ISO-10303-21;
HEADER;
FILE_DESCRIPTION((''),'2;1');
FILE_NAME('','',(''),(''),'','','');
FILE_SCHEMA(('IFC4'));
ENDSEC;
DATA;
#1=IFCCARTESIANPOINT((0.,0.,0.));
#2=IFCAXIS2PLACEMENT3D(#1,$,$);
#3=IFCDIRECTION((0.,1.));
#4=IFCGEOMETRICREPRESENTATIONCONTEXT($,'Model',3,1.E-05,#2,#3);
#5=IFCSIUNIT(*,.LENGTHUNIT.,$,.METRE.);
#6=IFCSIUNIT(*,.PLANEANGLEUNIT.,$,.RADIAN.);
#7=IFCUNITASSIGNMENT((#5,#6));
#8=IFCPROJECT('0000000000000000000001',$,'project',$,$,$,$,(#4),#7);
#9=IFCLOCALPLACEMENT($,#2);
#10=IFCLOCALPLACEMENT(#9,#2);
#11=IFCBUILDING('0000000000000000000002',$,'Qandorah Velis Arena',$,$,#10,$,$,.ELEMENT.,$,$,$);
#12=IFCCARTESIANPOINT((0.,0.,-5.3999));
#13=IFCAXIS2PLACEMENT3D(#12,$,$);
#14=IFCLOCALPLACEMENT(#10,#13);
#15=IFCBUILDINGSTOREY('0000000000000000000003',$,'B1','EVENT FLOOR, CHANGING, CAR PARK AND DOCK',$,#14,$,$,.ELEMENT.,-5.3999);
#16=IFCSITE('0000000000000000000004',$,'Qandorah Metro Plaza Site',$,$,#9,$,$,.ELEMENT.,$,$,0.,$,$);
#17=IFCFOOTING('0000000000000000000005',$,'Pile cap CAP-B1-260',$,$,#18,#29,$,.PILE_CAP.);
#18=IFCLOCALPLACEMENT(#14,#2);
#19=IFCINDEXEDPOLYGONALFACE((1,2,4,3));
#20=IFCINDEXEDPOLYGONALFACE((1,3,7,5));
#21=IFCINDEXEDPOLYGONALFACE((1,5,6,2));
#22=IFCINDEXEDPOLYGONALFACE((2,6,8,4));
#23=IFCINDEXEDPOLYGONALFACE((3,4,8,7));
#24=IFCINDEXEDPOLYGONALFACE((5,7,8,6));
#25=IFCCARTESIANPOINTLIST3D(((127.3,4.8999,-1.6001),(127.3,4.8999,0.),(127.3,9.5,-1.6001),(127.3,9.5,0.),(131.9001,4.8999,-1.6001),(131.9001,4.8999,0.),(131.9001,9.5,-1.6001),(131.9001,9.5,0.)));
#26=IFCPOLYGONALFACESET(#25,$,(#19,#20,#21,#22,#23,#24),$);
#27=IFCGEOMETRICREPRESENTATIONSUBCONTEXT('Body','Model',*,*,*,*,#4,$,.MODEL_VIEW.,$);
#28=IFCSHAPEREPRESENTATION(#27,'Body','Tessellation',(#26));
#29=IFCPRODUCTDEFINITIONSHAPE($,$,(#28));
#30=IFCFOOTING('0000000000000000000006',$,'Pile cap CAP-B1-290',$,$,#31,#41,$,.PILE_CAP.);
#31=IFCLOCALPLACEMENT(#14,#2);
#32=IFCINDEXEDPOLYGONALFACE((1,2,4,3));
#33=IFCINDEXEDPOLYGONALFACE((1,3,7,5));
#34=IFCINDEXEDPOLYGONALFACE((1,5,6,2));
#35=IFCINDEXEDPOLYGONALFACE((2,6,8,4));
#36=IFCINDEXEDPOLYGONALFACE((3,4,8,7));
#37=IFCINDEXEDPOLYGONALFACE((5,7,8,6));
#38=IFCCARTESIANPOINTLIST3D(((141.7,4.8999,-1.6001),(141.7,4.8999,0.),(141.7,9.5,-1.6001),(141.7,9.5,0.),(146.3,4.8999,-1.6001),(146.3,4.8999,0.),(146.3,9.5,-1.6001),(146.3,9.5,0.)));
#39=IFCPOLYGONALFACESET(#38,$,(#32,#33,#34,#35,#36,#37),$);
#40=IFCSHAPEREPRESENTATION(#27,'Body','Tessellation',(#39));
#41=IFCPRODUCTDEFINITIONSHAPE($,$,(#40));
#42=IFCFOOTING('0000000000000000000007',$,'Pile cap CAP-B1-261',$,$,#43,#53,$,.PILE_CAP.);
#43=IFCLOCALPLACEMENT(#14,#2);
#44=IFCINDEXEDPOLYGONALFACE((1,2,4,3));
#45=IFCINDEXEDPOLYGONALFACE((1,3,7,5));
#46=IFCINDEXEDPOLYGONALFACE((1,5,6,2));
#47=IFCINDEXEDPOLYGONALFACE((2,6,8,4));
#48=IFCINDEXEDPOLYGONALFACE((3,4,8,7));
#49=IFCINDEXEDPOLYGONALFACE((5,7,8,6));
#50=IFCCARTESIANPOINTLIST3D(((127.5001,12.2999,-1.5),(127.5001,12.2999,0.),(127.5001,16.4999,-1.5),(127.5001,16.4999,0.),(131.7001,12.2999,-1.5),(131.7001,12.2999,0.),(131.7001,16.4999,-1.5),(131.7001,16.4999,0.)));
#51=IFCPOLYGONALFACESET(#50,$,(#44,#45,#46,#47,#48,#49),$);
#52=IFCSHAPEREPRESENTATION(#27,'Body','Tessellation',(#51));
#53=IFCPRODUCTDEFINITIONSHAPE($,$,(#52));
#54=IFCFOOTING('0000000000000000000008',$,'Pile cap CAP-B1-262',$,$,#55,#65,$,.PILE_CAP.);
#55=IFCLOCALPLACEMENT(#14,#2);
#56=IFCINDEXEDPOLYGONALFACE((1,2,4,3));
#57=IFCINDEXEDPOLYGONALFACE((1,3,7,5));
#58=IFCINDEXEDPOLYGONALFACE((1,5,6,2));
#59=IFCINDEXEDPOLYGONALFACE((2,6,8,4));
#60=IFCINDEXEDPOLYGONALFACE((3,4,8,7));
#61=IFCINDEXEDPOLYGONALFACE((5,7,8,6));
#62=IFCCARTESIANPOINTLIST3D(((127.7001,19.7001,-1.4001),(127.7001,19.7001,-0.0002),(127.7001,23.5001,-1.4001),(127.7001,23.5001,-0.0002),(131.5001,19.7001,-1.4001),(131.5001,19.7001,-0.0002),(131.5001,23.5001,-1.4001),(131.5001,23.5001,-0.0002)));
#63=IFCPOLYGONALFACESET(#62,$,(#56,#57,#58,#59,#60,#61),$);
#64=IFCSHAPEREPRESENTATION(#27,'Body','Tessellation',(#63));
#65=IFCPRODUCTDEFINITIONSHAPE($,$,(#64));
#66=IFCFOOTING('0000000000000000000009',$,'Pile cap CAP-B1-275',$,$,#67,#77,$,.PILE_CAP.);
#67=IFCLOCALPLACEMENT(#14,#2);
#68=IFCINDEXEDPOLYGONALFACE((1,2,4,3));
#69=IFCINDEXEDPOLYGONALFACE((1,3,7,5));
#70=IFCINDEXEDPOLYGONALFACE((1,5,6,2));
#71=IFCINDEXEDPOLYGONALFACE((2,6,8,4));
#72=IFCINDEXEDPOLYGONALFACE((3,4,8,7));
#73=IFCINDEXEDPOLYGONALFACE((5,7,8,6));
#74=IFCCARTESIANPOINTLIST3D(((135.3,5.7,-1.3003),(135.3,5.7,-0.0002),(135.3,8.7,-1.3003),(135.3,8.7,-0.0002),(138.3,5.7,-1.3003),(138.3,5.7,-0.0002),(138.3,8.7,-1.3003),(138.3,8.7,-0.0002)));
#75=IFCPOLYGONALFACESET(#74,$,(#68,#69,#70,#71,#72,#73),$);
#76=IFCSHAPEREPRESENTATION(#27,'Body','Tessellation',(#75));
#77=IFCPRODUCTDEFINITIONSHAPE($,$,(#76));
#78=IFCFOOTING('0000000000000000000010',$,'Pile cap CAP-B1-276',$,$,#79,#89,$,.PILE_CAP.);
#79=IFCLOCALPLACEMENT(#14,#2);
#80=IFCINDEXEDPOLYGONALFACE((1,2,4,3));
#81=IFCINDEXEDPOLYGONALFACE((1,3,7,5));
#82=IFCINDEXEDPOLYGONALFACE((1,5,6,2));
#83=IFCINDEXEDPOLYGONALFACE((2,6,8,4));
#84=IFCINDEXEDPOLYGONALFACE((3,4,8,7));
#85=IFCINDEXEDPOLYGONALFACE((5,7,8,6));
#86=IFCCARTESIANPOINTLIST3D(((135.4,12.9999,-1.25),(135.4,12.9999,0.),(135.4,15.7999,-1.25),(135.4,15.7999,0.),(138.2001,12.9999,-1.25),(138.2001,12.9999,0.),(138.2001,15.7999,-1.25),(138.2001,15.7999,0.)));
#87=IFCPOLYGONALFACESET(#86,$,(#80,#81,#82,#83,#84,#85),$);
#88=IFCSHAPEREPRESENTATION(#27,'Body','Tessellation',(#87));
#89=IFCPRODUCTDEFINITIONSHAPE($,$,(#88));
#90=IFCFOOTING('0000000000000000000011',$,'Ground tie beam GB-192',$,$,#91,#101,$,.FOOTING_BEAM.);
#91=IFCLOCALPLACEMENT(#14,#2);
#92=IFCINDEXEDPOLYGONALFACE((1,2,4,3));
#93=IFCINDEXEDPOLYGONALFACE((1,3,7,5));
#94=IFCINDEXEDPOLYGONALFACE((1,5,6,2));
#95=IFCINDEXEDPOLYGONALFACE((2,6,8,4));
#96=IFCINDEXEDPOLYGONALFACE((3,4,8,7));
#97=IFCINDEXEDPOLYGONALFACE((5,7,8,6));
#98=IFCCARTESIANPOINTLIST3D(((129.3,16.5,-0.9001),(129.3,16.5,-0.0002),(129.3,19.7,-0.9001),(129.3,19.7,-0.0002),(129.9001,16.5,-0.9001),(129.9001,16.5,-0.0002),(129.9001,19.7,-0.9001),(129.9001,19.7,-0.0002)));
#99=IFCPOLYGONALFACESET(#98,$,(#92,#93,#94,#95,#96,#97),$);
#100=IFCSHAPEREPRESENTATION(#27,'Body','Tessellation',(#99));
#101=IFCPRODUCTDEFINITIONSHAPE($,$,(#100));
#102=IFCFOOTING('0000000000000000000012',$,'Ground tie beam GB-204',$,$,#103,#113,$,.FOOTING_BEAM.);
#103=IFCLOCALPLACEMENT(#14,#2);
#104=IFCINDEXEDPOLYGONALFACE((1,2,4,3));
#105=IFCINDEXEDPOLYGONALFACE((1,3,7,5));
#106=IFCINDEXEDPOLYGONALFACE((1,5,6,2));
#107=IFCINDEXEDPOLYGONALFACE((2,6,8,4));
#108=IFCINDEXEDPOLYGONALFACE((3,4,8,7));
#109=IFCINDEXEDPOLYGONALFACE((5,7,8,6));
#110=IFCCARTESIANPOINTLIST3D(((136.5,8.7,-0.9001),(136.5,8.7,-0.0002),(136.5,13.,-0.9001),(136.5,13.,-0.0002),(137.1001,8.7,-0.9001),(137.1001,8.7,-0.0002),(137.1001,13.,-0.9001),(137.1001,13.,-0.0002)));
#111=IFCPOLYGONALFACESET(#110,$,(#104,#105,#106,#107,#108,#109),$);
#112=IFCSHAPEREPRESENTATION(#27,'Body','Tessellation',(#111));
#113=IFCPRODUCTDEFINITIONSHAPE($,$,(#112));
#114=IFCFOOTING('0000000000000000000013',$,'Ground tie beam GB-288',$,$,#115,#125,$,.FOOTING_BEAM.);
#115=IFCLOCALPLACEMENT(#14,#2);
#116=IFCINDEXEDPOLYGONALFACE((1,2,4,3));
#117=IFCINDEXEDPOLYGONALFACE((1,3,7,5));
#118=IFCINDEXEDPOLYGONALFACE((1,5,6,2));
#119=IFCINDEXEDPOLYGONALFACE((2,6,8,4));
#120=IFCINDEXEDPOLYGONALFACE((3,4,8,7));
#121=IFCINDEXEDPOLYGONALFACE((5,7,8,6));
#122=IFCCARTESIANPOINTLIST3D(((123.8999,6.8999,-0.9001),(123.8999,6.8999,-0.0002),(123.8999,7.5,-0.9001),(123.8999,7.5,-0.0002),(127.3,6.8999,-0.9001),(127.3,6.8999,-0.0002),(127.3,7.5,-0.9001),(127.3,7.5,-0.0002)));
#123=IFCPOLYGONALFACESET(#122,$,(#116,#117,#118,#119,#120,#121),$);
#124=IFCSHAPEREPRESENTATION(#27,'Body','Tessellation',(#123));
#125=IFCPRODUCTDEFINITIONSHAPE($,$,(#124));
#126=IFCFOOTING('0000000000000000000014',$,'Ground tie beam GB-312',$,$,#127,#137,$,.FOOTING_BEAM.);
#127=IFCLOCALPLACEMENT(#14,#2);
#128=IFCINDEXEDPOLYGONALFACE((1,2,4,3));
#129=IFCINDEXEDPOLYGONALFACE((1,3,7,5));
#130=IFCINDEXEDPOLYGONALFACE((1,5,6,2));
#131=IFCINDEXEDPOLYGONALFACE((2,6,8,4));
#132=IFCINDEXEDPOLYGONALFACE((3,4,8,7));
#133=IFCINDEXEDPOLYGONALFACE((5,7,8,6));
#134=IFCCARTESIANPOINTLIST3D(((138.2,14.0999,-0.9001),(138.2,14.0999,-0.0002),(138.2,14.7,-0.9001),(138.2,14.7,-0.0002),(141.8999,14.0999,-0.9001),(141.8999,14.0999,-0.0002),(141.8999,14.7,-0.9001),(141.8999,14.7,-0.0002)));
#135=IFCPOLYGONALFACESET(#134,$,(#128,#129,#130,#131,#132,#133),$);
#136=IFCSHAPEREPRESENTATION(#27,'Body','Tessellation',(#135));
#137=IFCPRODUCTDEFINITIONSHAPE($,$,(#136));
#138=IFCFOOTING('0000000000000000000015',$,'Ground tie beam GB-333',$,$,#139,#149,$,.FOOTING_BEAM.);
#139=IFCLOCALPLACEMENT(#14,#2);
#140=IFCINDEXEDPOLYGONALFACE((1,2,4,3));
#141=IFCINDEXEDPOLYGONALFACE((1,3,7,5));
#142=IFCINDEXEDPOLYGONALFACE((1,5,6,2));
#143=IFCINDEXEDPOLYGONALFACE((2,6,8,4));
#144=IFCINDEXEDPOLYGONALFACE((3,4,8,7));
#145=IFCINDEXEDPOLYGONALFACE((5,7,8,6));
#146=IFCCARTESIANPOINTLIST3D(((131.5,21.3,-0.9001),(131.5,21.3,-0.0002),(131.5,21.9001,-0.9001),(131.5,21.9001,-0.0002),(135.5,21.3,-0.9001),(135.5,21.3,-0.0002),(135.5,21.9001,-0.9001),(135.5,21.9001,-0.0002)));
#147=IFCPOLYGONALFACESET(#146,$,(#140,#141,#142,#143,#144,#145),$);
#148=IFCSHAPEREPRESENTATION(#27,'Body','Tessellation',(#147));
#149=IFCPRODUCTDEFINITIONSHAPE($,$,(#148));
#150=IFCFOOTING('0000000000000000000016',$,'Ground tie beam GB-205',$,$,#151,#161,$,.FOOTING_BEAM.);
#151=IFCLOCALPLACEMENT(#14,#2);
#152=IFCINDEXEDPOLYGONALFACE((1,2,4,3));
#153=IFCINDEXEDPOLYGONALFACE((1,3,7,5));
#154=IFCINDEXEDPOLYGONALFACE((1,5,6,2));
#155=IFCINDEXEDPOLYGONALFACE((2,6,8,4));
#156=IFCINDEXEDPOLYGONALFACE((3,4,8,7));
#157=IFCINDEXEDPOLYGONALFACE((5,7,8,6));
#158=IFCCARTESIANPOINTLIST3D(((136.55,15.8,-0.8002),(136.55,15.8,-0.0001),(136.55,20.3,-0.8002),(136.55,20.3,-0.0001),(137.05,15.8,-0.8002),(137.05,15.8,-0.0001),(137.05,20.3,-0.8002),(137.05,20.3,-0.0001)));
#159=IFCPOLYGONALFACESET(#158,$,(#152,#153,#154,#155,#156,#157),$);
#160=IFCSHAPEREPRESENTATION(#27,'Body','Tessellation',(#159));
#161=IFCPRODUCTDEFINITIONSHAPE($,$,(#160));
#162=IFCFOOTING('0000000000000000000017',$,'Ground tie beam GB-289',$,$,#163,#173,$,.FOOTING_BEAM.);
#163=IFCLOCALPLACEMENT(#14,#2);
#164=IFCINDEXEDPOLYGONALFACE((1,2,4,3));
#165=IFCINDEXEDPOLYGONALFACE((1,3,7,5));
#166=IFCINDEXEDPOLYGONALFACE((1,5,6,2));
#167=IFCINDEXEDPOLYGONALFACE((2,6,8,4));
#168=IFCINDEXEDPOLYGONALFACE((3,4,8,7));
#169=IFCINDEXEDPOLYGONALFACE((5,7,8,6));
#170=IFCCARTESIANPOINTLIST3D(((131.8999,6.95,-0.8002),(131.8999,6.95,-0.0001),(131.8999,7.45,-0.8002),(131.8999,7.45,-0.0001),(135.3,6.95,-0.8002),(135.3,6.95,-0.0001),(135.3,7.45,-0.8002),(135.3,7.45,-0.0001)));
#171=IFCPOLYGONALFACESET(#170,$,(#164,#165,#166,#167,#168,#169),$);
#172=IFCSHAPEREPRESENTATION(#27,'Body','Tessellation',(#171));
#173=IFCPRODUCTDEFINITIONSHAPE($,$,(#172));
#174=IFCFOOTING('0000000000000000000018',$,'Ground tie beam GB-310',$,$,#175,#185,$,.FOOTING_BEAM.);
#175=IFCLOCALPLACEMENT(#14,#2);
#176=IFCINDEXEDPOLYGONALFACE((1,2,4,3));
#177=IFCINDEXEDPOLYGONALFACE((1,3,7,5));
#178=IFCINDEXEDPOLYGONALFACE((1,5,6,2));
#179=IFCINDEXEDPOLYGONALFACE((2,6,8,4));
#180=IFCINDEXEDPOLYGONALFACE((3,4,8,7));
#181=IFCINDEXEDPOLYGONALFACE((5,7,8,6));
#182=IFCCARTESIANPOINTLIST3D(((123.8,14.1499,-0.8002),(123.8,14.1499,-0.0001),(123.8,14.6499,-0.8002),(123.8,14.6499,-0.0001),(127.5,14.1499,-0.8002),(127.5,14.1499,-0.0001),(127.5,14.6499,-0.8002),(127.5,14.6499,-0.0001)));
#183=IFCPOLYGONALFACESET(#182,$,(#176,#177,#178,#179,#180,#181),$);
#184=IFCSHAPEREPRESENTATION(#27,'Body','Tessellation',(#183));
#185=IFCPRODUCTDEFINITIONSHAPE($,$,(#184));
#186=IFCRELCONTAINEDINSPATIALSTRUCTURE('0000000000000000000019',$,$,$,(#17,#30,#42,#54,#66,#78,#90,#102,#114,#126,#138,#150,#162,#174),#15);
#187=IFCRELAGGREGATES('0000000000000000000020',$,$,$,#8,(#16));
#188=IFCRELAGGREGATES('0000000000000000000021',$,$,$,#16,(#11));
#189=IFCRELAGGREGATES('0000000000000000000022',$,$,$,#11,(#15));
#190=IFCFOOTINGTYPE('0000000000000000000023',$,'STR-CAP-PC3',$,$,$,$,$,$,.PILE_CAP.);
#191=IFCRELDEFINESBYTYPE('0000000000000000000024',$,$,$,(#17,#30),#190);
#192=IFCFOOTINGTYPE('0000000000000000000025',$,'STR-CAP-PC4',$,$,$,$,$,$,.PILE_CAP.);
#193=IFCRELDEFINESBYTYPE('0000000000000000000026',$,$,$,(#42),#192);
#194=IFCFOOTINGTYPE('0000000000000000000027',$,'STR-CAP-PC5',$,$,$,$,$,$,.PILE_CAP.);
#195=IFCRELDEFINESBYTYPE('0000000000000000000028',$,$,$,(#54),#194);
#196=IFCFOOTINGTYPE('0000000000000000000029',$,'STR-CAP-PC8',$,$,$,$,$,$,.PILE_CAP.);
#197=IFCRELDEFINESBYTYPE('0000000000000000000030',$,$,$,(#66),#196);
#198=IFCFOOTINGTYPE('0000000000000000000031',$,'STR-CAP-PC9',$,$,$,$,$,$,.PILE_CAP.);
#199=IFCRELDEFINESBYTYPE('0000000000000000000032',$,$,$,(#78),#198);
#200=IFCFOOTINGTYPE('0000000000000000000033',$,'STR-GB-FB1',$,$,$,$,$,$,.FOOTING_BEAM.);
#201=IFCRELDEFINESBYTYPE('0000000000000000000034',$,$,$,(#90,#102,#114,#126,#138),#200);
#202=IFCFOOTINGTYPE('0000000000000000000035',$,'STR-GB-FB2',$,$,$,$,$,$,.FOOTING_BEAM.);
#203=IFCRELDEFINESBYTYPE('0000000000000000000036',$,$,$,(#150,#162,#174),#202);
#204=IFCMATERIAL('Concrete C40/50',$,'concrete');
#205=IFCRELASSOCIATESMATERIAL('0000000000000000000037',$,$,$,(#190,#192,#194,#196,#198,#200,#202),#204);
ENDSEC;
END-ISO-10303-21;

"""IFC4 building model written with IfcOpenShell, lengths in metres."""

from ifc_helpers import new_model, si_unit, direction, frame, origin, origin_2d, place, context, subcontext, project, spatial, rectangle, extrude, material, material_profile, profile_set, type_object, element, save


model = new_model("IFC4")

# Units and contexts
model_context = context("Model", 3, precision=1e-05, world=origin(), true_north=direction((0.0, 1.0)))
body_context = subcontext(model_context, "Body", "Model", "MODEL_VIEW")
ifc_project = project(units=[si_unit("LENGTHUNIT", "METRE"), si_unit("PLANEANGLEUNIT", "RADIAN")], contexts=[model_context])

# Site, building, storey
site_placement = place(None, origin())
site = spatial("IfcSite", under=ifc_project, at=site_placement, Name="Qandorah Metro Plaza Site", CompositionType="ELEMENT", RefElevation=0.0)
building_placement = place(site_placement, origin())
building = spatial("IfcBuilding", under=site, at=building_placement, Name="Qandorah Velis Arena", CompositionType="ELEMENT")
storey_placement = place(building_placement, frame((0.0, 0.0, -5.3999)))
storey = spatial("IfcBuildingStorey", under=building, at=storey_placement, Name="B1", Description="EVENT FLOOR, CHANGING, CAR PARK AND DOCK", CompositionType="ELEMENT", Elevation=-5.3999)

# Footings
ifc_material_1 = material(Name="Concrete C40/50", Category="concrete")
footing_type_1 = type_object("IfcFootingType", Name="STR-CAP-PC3", PredefinedType="PILE_CAP", material=ifc_material_1)
for number, where, z_axis, x_axis, name in (
    (1, (129.6001, 7.2, -1.6001), (0.0, 0.0, 1.0), (1.0, 0.0, 0.0), "Pile cap CAP-B1-260"),
    (2, (144.0, 7.2, -1.6001), (0.0, 0.0, 1.0), (1.0, 0.0, 0.0), "Pile cap CAP-B1-290"),
):
    element("IfcFooting", number, at=place(storey_placement, frame(where, z_axis=z_axis, x_axis=x_axis)), inside=storey, type_object=footing_type_1, Name=name, PredefinedType="PILE_CAP", context=body_context, shape_type="SweptSolid", body=[
        extrude(rectangle(XDim=4.6001, YDim=4.6001, at=origin_2d()), origin(), (0.0, 0.0, 1.0), 1.6001),
    ])
footing_type_2 = type_object("IfcFootingType", Name="STR-CAP-PC4", PredefinedType="PILE_CAP", material=ifc_material_1)
footing_1_placement = place(storey_placement, frame((129.6001, 14.3999, -1.5), z_axis=(0.0, 0.0, 1.0), x_axis=(1.0, 0.0, 0.0)))
element("IfcFooting", 3, at=footing_1_placement, inside=storey, type_object=footing_type_2, Name="Pile cap CAP-B1-261", PredefinedType="PILE_CAP", context=body_context, shape_type="SweptSolid", body=[
    extrude(rectangle(XDim=4.2, YDim=4.2, at=origin_2d()), origin(), (0.0, 0.0, 1.0), 1.5),
])
footing_type_3 = type_object("IfcFootingType", Name="STR-CAP-PC5", PredefinedType="PILE_CAP", material=ifc_material_1)
footing_2_placement = place(storey_placement, frame((129.6001, 21.6001, -1.4001), z_axis=(0.0, 0.0, 1.0), x_axis=(1.0, 0.0, 0.0)))
element("IfcFooting", 4, at=footing_2_placement, inside=storey, type_object=footing_type_3, Name="Pile cap CAP-B1-262", PredefinedType="PILE_CAP", context=body_context, shape_type="SweptSolid", body=[
    extrude(rectangle(XDim=3.8, YDim=3.8, at=origin_2d()), origin(), (0.0, 0.0, 1.0), 1.3999),
])
footing_type_4 = type_object("IfcFootingType", Name="STR-CAP-PC8", PredefinedType="PILE_CAP", material=ifc_material_1)
footing_3_placement = place(storey_placement, frame((136.8, 7.2, -1.3003), z_axis=(0.0, 0.0, 1.0), x_axis=(1.0, 0.0, 0.0)))
element("IfcFooting", 5, at=footing_3_placement, inside=storey, type_object=footing_type_4, Name="Pile cap CAP-B1-275", PredefinedType="PILE_CAP", context=body_context, shape_type="SweptSolid", body=[
    extrude(rectangle(XDim=3.0, YDim=3.0, at=origin_2d()), origin(), (0.0, 0.0, 1.0), 1.3),
])
footing_type_5 = type_object("IfcFootingType", Name="STR-CAP-PC9", PredefinedType="PILE_CAP", material=ifc_material_1)
footing_4_placement = place(storey_placement, frame((136.8, 14.3999, -1.25), z_axis=(0.0, 0.0, 1.0), x_axis=(1.0, 0.0, 0.0)))
element("IfcFooting", 6, at=footing_4_placement, inside=storey, type_object=footing_type_5, Name="Pile cap CAP-B1-276", PredefinedType="PILE_CAP", context=body_context, shape_type="SweptSolid", body=[
    extrude(rectangle(XDim=2.8, YDim=2.8, at=origin_2d()), origin(), (0.0, 0.0, 1.0), 1.25),
])
ifc_material_profile_1 = material_profile(ifc_material_1, rectangle(XDim=0.6001, YDim=0.8999, at=origin_2d()), Name="GB1 600x900")
ifc_profile_set_1 = profile_set([ifc_material_profile_1], Name="Concrete C40/50")
footing_type_6 = type_object("IfcFootingType", Name="STR-GB-FB1", PredefinedType="FOOTING_BEAM", material=ifc_profile_set_1)
footing_5_placement = place(storey_placement, frame((129.6001, 16.5, -0.4502), z_axis=(0.0, 1.0, 0.0), x_axis=(-1.0, 0.0, 0.0)))
element("IfcFooting", 7, at=footing_5_placement, inside=storey, type_object=footing_type_6, Name="Ground tie beam GB-192", PredefinedType="FOOTING_BEAM", context=body_context, shape_type="SweptSolid", body=[
    extrude(rectangle(XDim=0.6001, YDim=0.8999, at=origin_2d()), origin(), (0.0, 0.0, 1.0), 3.2),
])
footing_6_placement = place(storey_placement, frame((136.8, 8.7, -0.4502), z_axis=(0.0, 1.0, 0.0), x_axis=(-1.0, 0.0, 0.0)))
element("IfcFooting", 8, at=footing_6_placement, inside=storey, type_object=footing_type_6, Name="Ground tie beam GB-204", PredefinedType="FOOTING_BEAM", context=body_context, shape_type="SweptSolid", body=[
    extrude(rectangle(XDim=0.6001, YDim=0.8999, at=origin_2d()), origin(), (0.0, 0.0, 1.0), 4.3),
])
footing_7_placement = place(storey_placement, frame((123.8999, 7.2, -0.4502), z_axis=(1.0, 0.0, 0.0), x_axis=(0.0, 1.0, 0.0)))
element("IfcFooting", 9, at=footing_7_placement, inside=storey, type_object=footing_type_6, Name="Ground tie beam GB-288", PredefinedType="FOOTING_BEAM", context=body_context, shape_type="SweptSolid", body=[
    extrude(rectangle(XDim=0.6001, YDim=0.8999, at=origin_2d()), origin(), (0.0, 0.0, 1.0), 3.4001),
])
footing_8_placement = place(storey_placement, frame((138.2, 14.3999, -0.4502), z_axis=(1.0, 0.0, 0.0), x_axis=(0.0, 1.0, 0.0)))
element("IfcFooting", 10, at=footing_8_placement, inside=storey, type_object=footing_type_6, Name="Ground tie beam GB-312", PredefinedType="FOOTING_BEAM", context=body_context, shape_type="SweptSolid", body=[
    extrude(rectangle(XDim=0.6001, YDim=0.8999, at=origin_2d()), origin(), (0.0, 0.0, 1.0), 3.7),
])
footing_9_placement = place(storey_placement, frame((131.5, 21.6001, -0.4502), z_axis=(1.0, 0.0, 0.0), x_axis=(0.0, 1.0, 0.0)))
element("IfcFooting", 11, at=footing_9_placement, inside=storey, type_object=footing_type_6, Name="Ground tie beam GB-333", PredefinedType="FOOTING_BEAM", context=body_context, shape_type="SweptSolid", body=[
    extrude(rectangle(XDim=0.6001, YDim=0.8999, at=origin_2d()), origin(), (0.0, 0.0, 1.0), 4.0),
])
ifc_material_profile_2 = material_profile(ifc_material_1, rectangle(XDim=0.5, YDim=0.8, at=origin_2d()), Name="GB2 500x800")
ifc_profile_set_2 = profile_set([ifc_material_profile_2], Name="Concrete C40/50")
footing_type_7 = type_object("IfcFootingType", Name="STR-GB-FB2", PredefinedType="FOOTING_BEAM", material=ifc_profile_set_2)
footing_10_placement = place(storey_placement, frame((136.8, 15.8, -0.4001), z_axis=(0.0, 1.0, 0.0), x_axis=(-1.0, 0.0, 0.0)))
element("IfcFooting", 12, at=footing_10_placement, inside=storey, type_object=footing_type_7, Name="Ground tie beam GB-205", PredefinedType="FOOTING_BEAM", context=body_context, shape_type="SweptSolid", body=[
    extrude(rectangle(XDim=0.5, YDim=0.8, at=origin_2d()), origin(), (0.0, 0.0, 1.0), 4.5),
])
footing_11_placement = place(storey_placement, frame((131.8999, 7.2, -0.4001), z_axis=(1.0, 0.0, 0.0), x_axis=(0.0, 1.0, 0.0)))
element("IfcFooting", 13, at=footing_11_placement, inside=storey, type_object=footing_type_7, Name="Ground tie beam GB-289", PredefinedType="FOOTING_BEAM", context=body_context, shape_type="SweptSolid", body=[
    extrude(rectangle(XDim=0.5, YDim=0.8, at=origin_2d()), origin(), (0.0, 0.0, 1.0), 3.4001),
])
footing_12_placement = place(storey_placement, frame((123.8, 14.3999, -0.4001), z_axis=(1.0, 0.0, 0.0), x_axis=(0.0, 1.0, 0.0)))
element("IfcFooting", 14, at=footing_12_placement, inside=storey, type_object=footing_type_7, Name="Ground tie beam GB-310", PredefinedType="FOOTING_BEAM", context=body_context, shape_type="SweptSolid", body=[
    extrude(rectangle(XDim=0.5, YDim=0.8, at=origin_2d()), origin(), (0.0, 0.0, 1.0), 3.7),
])

save(model, "model.ifc")
